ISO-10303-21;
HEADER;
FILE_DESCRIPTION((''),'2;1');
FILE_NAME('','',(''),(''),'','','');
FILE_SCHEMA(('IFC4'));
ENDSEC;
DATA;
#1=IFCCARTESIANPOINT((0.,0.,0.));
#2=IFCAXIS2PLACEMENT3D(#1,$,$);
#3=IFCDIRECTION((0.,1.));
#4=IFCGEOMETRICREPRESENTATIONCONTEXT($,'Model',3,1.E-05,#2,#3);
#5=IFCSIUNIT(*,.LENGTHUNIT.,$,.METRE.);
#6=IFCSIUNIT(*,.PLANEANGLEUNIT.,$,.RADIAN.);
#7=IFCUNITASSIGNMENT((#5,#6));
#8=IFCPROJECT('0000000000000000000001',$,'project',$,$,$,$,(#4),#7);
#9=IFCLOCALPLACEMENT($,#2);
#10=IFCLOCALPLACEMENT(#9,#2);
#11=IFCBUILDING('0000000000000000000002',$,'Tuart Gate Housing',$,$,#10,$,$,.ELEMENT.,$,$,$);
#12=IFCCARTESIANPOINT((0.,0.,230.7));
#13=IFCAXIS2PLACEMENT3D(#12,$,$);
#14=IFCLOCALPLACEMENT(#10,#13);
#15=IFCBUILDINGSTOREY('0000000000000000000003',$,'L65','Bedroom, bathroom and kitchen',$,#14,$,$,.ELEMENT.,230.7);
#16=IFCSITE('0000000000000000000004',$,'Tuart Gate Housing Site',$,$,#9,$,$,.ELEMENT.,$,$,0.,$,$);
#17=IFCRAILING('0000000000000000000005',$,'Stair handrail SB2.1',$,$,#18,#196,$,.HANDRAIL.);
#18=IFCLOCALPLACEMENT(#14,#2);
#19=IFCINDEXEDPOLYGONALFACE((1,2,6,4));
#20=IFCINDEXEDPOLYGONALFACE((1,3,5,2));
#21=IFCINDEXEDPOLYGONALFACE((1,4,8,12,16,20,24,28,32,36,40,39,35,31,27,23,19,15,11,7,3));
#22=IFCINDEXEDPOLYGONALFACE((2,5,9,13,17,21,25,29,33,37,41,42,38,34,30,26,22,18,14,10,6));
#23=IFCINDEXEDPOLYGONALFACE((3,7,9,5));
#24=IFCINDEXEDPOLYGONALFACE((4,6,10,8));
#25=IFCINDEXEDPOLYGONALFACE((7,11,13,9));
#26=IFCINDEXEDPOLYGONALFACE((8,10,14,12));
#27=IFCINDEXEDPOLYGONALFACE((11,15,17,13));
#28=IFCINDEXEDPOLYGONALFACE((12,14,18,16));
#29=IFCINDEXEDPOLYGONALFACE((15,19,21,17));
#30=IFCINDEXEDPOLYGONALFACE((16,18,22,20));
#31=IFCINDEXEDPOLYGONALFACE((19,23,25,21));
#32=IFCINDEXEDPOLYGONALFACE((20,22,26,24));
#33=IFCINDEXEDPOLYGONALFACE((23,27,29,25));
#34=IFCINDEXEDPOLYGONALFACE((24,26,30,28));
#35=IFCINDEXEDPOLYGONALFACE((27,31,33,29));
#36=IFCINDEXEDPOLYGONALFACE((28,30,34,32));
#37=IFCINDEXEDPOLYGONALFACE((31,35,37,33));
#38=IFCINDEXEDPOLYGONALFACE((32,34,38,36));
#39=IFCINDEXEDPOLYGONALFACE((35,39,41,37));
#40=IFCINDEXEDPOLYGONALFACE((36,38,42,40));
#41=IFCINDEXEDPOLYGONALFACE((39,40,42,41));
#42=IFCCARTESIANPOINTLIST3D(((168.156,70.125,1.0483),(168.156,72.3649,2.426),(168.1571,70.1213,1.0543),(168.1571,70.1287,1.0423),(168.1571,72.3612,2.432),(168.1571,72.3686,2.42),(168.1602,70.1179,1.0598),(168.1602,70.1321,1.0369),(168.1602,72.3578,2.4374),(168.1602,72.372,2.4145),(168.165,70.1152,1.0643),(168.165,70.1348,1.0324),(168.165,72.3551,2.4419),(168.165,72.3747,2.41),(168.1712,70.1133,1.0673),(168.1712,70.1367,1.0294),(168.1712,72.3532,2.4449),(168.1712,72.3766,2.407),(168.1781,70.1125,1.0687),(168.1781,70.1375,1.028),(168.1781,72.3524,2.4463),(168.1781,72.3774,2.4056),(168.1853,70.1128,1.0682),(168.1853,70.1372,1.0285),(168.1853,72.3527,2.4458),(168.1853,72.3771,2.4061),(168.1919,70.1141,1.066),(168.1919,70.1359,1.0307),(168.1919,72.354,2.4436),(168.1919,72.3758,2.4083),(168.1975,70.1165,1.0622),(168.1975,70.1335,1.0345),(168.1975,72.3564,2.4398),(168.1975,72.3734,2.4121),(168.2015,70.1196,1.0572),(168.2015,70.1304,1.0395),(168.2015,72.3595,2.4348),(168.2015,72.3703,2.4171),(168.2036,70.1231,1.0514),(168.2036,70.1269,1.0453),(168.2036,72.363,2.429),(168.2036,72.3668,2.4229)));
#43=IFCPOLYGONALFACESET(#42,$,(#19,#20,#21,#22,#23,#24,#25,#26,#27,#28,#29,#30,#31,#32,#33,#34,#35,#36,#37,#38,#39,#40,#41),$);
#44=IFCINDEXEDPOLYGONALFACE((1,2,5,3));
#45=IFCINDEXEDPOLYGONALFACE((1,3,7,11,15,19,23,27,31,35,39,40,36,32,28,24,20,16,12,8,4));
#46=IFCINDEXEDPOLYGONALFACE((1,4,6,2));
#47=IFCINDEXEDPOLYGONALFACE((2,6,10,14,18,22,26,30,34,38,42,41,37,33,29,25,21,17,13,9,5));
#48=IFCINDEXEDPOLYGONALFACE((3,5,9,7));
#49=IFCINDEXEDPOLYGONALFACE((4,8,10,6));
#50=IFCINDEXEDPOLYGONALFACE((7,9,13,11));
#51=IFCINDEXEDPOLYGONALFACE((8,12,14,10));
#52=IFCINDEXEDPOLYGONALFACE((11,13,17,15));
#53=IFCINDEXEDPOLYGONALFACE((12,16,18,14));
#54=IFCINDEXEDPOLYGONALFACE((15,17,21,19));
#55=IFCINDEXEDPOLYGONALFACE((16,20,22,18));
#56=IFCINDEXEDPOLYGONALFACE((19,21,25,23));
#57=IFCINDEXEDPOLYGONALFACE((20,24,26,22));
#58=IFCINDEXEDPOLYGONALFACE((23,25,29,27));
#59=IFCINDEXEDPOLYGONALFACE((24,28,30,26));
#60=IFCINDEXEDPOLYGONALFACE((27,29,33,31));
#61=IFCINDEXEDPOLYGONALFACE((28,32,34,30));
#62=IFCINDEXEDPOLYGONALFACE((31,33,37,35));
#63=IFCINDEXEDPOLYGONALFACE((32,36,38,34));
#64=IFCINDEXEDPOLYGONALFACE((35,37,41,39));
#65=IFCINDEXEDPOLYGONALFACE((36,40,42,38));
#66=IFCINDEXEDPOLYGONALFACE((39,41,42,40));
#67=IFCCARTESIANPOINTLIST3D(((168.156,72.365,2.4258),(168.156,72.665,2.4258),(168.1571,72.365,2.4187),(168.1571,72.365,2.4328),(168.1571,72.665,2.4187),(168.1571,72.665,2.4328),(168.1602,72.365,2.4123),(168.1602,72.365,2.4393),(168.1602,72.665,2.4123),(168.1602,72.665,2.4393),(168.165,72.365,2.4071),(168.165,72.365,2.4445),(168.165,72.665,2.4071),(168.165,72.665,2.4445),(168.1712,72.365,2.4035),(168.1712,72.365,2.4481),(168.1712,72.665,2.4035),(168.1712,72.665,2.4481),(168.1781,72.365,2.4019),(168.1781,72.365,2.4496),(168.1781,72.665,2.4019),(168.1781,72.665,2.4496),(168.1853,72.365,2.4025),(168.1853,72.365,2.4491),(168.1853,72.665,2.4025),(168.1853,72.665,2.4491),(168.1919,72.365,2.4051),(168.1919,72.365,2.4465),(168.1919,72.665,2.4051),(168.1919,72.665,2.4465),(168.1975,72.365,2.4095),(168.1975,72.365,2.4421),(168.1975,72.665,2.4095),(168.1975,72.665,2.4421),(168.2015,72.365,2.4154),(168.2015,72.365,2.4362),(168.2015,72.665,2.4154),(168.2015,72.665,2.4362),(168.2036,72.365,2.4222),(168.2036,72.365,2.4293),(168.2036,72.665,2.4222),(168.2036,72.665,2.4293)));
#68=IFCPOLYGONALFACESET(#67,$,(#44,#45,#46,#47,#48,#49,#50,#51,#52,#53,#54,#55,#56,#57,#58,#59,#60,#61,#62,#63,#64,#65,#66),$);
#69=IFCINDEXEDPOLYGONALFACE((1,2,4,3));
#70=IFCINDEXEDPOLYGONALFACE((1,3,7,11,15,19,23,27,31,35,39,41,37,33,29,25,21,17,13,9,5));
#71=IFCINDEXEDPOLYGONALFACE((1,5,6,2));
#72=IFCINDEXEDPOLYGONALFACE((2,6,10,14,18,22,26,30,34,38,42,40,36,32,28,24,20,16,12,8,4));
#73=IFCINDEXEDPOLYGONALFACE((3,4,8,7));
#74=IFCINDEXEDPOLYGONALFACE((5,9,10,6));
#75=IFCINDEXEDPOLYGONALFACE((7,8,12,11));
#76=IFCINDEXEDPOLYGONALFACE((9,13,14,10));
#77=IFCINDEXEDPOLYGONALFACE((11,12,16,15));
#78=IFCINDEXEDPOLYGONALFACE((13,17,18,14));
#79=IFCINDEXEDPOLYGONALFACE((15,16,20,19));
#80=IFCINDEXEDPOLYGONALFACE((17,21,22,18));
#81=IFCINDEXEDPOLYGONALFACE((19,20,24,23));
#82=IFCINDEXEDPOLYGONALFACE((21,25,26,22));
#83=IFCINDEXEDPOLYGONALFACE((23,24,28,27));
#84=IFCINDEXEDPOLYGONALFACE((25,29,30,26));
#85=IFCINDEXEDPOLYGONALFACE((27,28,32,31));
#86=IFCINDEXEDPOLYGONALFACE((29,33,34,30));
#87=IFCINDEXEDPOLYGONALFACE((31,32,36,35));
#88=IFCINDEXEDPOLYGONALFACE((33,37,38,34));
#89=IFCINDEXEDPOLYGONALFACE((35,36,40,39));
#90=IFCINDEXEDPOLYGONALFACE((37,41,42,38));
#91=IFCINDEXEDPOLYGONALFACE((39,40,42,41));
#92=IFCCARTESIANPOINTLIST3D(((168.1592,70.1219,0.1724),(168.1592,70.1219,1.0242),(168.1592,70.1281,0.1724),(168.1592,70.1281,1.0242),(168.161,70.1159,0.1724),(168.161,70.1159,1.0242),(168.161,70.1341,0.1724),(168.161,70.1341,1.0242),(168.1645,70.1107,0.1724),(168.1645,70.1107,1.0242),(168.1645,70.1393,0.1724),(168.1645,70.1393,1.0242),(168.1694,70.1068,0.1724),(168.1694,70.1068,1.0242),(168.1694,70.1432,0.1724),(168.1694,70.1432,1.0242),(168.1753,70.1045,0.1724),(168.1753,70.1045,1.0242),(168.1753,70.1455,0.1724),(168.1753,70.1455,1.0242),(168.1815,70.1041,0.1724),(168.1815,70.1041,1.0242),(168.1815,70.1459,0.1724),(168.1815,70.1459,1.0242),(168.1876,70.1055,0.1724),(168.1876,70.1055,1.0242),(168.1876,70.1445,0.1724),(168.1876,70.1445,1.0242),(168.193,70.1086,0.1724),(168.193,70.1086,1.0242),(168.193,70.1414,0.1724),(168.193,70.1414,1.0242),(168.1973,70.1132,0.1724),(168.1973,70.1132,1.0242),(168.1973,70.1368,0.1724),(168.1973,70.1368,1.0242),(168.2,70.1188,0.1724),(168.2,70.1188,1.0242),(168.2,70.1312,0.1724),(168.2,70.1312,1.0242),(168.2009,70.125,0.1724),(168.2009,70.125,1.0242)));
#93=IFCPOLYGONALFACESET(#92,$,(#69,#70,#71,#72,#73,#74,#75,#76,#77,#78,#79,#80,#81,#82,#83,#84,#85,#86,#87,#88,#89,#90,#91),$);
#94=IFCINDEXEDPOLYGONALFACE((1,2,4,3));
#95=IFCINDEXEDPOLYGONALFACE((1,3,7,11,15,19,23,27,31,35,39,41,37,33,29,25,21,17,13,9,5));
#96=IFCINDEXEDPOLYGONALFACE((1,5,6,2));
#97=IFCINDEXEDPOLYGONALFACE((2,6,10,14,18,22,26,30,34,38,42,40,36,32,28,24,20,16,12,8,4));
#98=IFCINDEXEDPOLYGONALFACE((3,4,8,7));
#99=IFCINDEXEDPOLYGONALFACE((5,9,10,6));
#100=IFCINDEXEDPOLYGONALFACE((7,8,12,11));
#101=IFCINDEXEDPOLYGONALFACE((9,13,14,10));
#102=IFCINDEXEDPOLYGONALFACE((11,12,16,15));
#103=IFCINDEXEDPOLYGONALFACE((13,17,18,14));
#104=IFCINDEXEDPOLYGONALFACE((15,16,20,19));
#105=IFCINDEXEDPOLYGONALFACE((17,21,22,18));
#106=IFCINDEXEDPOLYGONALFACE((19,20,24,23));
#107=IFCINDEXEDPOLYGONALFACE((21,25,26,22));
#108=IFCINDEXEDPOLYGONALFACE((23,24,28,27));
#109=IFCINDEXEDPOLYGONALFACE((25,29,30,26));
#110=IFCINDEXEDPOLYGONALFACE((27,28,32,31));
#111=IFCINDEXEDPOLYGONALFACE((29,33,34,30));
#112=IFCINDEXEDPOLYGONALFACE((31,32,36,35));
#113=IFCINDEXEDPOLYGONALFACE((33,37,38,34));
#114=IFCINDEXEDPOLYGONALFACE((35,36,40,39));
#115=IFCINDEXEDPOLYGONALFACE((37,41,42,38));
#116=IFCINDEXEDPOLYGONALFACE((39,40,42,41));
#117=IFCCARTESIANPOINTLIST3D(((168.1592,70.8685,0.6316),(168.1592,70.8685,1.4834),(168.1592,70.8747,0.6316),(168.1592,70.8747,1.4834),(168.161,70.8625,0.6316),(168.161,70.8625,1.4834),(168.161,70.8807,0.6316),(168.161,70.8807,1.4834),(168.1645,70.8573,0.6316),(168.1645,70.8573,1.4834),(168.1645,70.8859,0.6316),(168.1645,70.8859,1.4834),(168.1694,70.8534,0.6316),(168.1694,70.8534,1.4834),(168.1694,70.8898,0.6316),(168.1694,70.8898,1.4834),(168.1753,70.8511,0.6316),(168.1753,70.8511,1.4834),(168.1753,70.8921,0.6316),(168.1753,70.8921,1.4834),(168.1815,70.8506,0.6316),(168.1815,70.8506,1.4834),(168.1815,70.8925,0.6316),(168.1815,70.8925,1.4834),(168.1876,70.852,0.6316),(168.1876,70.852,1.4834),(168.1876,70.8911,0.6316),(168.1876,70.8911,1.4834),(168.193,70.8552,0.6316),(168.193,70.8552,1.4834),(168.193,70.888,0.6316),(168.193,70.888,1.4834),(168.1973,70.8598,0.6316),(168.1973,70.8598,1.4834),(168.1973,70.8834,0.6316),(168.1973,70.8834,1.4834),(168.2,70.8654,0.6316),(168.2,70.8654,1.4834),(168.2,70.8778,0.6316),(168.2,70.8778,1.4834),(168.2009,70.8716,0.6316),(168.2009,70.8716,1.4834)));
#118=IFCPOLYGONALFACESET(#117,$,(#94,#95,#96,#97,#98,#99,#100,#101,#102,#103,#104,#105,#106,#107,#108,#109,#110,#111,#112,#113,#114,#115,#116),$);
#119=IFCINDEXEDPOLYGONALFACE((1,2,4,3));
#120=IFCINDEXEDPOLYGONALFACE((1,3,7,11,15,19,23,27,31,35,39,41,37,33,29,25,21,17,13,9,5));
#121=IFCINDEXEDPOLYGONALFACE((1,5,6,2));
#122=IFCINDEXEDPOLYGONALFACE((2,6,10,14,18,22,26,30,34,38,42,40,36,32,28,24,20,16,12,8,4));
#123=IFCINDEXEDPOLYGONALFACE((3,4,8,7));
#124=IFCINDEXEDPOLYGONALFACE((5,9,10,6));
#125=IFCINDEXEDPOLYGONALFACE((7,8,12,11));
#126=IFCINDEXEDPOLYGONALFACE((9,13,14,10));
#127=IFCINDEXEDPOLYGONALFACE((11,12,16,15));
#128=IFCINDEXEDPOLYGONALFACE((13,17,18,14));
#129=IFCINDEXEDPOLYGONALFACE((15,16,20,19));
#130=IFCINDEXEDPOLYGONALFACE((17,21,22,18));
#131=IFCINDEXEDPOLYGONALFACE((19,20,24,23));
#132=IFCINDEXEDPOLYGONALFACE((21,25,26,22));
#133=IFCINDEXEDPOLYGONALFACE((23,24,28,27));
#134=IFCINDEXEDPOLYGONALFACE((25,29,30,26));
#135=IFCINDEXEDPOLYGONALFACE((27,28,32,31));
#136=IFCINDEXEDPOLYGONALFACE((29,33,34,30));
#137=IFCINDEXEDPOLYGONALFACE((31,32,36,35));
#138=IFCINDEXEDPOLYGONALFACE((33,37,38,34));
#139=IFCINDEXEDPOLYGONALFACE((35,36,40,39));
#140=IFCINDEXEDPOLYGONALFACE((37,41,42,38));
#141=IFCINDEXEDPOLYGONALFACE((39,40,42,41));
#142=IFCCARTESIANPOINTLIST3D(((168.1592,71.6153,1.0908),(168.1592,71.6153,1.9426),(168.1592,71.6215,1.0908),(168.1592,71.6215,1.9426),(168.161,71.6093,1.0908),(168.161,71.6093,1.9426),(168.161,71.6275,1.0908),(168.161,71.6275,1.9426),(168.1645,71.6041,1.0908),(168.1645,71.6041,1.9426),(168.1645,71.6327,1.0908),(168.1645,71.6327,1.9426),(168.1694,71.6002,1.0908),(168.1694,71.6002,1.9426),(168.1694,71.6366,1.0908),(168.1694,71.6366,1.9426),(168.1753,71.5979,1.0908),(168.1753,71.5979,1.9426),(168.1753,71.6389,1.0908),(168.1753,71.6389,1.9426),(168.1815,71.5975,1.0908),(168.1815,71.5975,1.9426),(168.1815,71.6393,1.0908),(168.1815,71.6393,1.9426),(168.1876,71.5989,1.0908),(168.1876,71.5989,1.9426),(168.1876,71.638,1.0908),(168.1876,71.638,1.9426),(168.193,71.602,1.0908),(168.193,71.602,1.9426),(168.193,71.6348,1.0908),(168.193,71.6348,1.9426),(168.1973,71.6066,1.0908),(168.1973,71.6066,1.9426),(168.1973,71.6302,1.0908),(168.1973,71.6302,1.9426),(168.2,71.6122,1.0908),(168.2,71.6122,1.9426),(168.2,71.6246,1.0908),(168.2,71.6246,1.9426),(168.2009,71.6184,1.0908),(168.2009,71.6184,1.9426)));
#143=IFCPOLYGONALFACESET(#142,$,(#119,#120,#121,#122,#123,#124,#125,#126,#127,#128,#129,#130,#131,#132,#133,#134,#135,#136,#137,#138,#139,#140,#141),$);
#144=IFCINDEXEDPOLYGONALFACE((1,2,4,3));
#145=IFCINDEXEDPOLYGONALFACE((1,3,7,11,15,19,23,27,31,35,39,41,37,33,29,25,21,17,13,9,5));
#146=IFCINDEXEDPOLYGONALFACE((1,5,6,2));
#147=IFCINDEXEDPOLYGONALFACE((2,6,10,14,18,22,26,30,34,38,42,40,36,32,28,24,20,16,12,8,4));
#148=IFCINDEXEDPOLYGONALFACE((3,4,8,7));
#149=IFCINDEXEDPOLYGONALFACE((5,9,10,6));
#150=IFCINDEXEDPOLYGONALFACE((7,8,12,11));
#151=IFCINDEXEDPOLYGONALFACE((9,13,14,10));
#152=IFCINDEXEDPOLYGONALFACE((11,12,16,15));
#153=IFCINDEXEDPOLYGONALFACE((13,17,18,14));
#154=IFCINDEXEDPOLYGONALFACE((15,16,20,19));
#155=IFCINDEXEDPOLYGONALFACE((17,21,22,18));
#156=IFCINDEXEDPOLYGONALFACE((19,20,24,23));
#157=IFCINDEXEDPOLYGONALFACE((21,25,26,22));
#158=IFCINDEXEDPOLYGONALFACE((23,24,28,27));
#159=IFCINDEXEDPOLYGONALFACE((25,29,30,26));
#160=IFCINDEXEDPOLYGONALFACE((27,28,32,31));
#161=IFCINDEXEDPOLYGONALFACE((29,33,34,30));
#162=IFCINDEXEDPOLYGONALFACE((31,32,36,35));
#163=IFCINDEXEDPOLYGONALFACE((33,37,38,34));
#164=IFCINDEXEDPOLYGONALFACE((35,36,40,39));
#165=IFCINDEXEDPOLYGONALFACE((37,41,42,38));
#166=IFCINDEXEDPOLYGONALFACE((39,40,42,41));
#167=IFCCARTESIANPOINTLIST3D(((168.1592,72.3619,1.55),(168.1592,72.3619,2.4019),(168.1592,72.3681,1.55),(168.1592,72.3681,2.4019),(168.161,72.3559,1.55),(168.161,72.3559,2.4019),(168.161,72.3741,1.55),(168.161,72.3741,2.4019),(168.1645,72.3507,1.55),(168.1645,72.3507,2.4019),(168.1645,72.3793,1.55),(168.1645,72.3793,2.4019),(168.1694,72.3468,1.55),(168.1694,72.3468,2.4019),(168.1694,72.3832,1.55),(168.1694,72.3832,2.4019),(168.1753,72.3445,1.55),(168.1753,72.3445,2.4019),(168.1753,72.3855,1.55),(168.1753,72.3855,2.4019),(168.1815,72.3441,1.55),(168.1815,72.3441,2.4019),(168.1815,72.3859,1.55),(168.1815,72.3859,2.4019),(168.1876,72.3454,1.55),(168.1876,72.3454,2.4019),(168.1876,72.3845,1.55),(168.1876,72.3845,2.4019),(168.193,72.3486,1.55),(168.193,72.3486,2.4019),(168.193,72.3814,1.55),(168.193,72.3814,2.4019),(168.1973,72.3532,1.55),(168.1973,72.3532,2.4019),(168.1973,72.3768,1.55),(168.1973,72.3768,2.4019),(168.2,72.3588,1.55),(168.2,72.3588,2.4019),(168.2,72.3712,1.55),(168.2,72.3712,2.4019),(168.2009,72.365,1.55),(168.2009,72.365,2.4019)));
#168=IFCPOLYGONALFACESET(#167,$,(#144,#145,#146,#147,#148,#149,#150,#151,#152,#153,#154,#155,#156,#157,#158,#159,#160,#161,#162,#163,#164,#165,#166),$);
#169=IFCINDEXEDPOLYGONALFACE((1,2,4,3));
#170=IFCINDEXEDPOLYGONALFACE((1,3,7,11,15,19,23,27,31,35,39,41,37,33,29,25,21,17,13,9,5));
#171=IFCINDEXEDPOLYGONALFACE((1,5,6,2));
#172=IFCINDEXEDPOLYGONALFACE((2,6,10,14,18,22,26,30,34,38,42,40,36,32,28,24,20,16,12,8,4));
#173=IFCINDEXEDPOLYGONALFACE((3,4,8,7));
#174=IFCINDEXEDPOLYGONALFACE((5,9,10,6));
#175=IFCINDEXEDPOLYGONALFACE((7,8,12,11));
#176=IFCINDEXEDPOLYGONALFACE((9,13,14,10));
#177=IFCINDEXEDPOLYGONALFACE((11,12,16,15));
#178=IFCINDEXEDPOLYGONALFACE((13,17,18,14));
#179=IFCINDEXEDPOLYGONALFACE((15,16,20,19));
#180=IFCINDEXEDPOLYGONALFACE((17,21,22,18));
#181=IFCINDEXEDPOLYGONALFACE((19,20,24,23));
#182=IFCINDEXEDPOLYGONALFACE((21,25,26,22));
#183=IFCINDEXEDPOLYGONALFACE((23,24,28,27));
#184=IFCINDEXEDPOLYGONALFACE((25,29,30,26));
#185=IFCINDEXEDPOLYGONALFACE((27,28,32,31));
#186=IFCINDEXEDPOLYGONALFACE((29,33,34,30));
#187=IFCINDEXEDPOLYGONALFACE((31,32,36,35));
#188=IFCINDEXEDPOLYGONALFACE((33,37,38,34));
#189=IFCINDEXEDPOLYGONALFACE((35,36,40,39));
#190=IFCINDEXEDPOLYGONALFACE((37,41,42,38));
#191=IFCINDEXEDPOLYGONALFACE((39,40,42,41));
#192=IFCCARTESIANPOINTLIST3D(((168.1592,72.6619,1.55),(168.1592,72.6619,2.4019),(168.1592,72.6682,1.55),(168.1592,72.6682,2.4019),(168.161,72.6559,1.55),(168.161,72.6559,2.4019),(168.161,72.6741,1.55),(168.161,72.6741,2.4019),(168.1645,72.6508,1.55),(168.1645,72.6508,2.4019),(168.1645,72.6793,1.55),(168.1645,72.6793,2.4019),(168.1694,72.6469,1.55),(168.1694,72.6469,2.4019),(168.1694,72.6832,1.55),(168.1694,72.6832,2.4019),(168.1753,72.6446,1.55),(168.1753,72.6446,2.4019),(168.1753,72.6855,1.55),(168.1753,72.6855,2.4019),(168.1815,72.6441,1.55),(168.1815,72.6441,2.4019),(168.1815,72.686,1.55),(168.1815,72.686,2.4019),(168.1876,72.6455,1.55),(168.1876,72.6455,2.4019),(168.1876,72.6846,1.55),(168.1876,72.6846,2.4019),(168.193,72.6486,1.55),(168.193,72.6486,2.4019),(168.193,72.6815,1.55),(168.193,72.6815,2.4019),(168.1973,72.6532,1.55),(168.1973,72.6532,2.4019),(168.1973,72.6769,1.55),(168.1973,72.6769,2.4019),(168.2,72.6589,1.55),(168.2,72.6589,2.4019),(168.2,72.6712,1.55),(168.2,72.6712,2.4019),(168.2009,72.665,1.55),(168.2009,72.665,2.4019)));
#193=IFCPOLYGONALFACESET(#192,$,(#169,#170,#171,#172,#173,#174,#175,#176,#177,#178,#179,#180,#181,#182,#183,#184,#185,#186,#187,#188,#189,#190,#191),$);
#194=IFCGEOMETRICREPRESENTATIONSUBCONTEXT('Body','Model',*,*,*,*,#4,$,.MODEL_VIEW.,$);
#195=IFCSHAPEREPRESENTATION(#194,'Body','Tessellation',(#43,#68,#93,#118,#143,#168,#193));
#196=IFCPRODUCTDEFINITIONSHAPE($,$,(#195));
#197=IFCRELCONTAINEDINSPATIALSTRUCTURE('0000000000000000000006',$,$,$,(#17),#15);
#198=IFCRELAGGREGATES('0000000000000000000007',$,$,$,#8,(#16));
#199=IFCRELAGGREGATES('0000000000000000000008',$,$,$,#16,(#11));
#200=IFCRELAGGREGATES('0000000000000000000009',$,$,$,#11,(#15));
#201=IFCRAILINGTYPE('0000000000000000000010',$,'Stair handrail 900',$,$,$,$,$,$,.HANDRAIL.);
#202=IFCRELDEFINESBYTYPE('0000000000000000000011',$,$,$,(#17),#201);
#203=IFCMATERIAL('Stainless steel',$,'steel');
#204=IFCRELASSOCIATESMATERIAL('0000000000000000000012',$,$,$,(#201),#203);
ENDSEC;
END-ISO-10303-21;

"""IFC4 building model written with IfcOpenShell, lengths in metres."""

from ifc_helpers import new_model, si_unit, direction, frame, origin, origin_2d, place, context, subcontext, project, spatial, circle, extrude, material, type_object, element, save


model = new_model("IFC4")

# Units and contexts
model_context = context("Model", 3, precision=1e-05, world=origin(), true_north=direction((0.0, 1.0)))
body_context = subcontext(model_context, "Body", "Model", "MODEL_VIEW")
ifc_project = project(units=[si_unit("LENGTHUNIT", "METRE"), si_unit("PLANEANGLEUNIT", "RADIAN")], contexts=[model_context])

# Site, building, storey
site_placement = place(None, origin())
site = spatial("IfcSite", under=ifc_project, at=site_placement, Name="Tuart Gate Housing Site", CompositionType="ELEMENT", RefElevation=0.0)
building_placement = place(site_placement, origin())
building = spatial("IfcBuilding", under=site, at=building_placement, Name="Tuart Gate Housing", CompositionType="ELEMENT")
storey_placement = place(building_placement, frame((0.0, 0.0, 230.7)))
storey = spatial("IfcBuildingStorey", under=building, at=storey_placement, Name="L65", Description="Bedroom, bathroom and kitchen", CompositionType="ELEMENT", Elevation=230.7)

# Railing
ifc_material_1 = material(Name="Stainless steel", Category="steel")
railing_type = type_object("IfcRailingType", Name="Stair handrail 900", PredefinedType="HANDRAIL", material=ifc_material_1)
railing_placement = place(storey_placement, frame((168.1799, 70.125, 0.1724)))
element("IfcRailing", 1, at=railing_placement, inside=storey, type_object=railing_type, Name="Stair handrail SB2.1", PredefinedType="HANDRAIL", context=body_context, shape_type="SweptSolid", body=[
    extrude(circle(Radius=0.0239, at=origin_2d()), frame((0.0, 0.0, 0.876), z_axis=(0.0, 0.851789, 0.523885), x_axis=(-1.0, 0.0, 0.0)), (0.0, 0.0, 1.0), 2.6296),
    extrude(circle(Radius=0.0239, at=origin_2d()), frame((0.0, 2.24, 2.2534), z_axis=(0.0, 1.0, 0.0), x_axis=(-1.0, 0.0, 0.0)), (0.0, 0.0, 1.0), 0.3),
    extrude(circle(Radius=0.021, at=origin_2d()), origin(), (0.0, 0.0, 1.0), 0.8518),
    extrude(circle(Radius=0.021, at=origin_2d()), frame((0.0, 0.7466, 0.4592)), (0.0, 0.0, 1.0), 0.8518),
    extrude(circle(Radius=0.021, at=origin_2d()), frame((0.0, 1.4934, 0.9185)), (0.0, 0.0, 1.0), 0.8518),
    extrude(circle(Radius=0.021, at=origin_2d()), frame((0.0, 2.24, 1.3777)), (0.0, 0.0, 1.0), 0.8518),
    extrude(circle(Radius=0.021, at=origin_2d()), frame((0.0, 2.54, 1.3777)), (0.0, 0.0, 1.0), 0.8518),
])

save(model, "model.ifc")
